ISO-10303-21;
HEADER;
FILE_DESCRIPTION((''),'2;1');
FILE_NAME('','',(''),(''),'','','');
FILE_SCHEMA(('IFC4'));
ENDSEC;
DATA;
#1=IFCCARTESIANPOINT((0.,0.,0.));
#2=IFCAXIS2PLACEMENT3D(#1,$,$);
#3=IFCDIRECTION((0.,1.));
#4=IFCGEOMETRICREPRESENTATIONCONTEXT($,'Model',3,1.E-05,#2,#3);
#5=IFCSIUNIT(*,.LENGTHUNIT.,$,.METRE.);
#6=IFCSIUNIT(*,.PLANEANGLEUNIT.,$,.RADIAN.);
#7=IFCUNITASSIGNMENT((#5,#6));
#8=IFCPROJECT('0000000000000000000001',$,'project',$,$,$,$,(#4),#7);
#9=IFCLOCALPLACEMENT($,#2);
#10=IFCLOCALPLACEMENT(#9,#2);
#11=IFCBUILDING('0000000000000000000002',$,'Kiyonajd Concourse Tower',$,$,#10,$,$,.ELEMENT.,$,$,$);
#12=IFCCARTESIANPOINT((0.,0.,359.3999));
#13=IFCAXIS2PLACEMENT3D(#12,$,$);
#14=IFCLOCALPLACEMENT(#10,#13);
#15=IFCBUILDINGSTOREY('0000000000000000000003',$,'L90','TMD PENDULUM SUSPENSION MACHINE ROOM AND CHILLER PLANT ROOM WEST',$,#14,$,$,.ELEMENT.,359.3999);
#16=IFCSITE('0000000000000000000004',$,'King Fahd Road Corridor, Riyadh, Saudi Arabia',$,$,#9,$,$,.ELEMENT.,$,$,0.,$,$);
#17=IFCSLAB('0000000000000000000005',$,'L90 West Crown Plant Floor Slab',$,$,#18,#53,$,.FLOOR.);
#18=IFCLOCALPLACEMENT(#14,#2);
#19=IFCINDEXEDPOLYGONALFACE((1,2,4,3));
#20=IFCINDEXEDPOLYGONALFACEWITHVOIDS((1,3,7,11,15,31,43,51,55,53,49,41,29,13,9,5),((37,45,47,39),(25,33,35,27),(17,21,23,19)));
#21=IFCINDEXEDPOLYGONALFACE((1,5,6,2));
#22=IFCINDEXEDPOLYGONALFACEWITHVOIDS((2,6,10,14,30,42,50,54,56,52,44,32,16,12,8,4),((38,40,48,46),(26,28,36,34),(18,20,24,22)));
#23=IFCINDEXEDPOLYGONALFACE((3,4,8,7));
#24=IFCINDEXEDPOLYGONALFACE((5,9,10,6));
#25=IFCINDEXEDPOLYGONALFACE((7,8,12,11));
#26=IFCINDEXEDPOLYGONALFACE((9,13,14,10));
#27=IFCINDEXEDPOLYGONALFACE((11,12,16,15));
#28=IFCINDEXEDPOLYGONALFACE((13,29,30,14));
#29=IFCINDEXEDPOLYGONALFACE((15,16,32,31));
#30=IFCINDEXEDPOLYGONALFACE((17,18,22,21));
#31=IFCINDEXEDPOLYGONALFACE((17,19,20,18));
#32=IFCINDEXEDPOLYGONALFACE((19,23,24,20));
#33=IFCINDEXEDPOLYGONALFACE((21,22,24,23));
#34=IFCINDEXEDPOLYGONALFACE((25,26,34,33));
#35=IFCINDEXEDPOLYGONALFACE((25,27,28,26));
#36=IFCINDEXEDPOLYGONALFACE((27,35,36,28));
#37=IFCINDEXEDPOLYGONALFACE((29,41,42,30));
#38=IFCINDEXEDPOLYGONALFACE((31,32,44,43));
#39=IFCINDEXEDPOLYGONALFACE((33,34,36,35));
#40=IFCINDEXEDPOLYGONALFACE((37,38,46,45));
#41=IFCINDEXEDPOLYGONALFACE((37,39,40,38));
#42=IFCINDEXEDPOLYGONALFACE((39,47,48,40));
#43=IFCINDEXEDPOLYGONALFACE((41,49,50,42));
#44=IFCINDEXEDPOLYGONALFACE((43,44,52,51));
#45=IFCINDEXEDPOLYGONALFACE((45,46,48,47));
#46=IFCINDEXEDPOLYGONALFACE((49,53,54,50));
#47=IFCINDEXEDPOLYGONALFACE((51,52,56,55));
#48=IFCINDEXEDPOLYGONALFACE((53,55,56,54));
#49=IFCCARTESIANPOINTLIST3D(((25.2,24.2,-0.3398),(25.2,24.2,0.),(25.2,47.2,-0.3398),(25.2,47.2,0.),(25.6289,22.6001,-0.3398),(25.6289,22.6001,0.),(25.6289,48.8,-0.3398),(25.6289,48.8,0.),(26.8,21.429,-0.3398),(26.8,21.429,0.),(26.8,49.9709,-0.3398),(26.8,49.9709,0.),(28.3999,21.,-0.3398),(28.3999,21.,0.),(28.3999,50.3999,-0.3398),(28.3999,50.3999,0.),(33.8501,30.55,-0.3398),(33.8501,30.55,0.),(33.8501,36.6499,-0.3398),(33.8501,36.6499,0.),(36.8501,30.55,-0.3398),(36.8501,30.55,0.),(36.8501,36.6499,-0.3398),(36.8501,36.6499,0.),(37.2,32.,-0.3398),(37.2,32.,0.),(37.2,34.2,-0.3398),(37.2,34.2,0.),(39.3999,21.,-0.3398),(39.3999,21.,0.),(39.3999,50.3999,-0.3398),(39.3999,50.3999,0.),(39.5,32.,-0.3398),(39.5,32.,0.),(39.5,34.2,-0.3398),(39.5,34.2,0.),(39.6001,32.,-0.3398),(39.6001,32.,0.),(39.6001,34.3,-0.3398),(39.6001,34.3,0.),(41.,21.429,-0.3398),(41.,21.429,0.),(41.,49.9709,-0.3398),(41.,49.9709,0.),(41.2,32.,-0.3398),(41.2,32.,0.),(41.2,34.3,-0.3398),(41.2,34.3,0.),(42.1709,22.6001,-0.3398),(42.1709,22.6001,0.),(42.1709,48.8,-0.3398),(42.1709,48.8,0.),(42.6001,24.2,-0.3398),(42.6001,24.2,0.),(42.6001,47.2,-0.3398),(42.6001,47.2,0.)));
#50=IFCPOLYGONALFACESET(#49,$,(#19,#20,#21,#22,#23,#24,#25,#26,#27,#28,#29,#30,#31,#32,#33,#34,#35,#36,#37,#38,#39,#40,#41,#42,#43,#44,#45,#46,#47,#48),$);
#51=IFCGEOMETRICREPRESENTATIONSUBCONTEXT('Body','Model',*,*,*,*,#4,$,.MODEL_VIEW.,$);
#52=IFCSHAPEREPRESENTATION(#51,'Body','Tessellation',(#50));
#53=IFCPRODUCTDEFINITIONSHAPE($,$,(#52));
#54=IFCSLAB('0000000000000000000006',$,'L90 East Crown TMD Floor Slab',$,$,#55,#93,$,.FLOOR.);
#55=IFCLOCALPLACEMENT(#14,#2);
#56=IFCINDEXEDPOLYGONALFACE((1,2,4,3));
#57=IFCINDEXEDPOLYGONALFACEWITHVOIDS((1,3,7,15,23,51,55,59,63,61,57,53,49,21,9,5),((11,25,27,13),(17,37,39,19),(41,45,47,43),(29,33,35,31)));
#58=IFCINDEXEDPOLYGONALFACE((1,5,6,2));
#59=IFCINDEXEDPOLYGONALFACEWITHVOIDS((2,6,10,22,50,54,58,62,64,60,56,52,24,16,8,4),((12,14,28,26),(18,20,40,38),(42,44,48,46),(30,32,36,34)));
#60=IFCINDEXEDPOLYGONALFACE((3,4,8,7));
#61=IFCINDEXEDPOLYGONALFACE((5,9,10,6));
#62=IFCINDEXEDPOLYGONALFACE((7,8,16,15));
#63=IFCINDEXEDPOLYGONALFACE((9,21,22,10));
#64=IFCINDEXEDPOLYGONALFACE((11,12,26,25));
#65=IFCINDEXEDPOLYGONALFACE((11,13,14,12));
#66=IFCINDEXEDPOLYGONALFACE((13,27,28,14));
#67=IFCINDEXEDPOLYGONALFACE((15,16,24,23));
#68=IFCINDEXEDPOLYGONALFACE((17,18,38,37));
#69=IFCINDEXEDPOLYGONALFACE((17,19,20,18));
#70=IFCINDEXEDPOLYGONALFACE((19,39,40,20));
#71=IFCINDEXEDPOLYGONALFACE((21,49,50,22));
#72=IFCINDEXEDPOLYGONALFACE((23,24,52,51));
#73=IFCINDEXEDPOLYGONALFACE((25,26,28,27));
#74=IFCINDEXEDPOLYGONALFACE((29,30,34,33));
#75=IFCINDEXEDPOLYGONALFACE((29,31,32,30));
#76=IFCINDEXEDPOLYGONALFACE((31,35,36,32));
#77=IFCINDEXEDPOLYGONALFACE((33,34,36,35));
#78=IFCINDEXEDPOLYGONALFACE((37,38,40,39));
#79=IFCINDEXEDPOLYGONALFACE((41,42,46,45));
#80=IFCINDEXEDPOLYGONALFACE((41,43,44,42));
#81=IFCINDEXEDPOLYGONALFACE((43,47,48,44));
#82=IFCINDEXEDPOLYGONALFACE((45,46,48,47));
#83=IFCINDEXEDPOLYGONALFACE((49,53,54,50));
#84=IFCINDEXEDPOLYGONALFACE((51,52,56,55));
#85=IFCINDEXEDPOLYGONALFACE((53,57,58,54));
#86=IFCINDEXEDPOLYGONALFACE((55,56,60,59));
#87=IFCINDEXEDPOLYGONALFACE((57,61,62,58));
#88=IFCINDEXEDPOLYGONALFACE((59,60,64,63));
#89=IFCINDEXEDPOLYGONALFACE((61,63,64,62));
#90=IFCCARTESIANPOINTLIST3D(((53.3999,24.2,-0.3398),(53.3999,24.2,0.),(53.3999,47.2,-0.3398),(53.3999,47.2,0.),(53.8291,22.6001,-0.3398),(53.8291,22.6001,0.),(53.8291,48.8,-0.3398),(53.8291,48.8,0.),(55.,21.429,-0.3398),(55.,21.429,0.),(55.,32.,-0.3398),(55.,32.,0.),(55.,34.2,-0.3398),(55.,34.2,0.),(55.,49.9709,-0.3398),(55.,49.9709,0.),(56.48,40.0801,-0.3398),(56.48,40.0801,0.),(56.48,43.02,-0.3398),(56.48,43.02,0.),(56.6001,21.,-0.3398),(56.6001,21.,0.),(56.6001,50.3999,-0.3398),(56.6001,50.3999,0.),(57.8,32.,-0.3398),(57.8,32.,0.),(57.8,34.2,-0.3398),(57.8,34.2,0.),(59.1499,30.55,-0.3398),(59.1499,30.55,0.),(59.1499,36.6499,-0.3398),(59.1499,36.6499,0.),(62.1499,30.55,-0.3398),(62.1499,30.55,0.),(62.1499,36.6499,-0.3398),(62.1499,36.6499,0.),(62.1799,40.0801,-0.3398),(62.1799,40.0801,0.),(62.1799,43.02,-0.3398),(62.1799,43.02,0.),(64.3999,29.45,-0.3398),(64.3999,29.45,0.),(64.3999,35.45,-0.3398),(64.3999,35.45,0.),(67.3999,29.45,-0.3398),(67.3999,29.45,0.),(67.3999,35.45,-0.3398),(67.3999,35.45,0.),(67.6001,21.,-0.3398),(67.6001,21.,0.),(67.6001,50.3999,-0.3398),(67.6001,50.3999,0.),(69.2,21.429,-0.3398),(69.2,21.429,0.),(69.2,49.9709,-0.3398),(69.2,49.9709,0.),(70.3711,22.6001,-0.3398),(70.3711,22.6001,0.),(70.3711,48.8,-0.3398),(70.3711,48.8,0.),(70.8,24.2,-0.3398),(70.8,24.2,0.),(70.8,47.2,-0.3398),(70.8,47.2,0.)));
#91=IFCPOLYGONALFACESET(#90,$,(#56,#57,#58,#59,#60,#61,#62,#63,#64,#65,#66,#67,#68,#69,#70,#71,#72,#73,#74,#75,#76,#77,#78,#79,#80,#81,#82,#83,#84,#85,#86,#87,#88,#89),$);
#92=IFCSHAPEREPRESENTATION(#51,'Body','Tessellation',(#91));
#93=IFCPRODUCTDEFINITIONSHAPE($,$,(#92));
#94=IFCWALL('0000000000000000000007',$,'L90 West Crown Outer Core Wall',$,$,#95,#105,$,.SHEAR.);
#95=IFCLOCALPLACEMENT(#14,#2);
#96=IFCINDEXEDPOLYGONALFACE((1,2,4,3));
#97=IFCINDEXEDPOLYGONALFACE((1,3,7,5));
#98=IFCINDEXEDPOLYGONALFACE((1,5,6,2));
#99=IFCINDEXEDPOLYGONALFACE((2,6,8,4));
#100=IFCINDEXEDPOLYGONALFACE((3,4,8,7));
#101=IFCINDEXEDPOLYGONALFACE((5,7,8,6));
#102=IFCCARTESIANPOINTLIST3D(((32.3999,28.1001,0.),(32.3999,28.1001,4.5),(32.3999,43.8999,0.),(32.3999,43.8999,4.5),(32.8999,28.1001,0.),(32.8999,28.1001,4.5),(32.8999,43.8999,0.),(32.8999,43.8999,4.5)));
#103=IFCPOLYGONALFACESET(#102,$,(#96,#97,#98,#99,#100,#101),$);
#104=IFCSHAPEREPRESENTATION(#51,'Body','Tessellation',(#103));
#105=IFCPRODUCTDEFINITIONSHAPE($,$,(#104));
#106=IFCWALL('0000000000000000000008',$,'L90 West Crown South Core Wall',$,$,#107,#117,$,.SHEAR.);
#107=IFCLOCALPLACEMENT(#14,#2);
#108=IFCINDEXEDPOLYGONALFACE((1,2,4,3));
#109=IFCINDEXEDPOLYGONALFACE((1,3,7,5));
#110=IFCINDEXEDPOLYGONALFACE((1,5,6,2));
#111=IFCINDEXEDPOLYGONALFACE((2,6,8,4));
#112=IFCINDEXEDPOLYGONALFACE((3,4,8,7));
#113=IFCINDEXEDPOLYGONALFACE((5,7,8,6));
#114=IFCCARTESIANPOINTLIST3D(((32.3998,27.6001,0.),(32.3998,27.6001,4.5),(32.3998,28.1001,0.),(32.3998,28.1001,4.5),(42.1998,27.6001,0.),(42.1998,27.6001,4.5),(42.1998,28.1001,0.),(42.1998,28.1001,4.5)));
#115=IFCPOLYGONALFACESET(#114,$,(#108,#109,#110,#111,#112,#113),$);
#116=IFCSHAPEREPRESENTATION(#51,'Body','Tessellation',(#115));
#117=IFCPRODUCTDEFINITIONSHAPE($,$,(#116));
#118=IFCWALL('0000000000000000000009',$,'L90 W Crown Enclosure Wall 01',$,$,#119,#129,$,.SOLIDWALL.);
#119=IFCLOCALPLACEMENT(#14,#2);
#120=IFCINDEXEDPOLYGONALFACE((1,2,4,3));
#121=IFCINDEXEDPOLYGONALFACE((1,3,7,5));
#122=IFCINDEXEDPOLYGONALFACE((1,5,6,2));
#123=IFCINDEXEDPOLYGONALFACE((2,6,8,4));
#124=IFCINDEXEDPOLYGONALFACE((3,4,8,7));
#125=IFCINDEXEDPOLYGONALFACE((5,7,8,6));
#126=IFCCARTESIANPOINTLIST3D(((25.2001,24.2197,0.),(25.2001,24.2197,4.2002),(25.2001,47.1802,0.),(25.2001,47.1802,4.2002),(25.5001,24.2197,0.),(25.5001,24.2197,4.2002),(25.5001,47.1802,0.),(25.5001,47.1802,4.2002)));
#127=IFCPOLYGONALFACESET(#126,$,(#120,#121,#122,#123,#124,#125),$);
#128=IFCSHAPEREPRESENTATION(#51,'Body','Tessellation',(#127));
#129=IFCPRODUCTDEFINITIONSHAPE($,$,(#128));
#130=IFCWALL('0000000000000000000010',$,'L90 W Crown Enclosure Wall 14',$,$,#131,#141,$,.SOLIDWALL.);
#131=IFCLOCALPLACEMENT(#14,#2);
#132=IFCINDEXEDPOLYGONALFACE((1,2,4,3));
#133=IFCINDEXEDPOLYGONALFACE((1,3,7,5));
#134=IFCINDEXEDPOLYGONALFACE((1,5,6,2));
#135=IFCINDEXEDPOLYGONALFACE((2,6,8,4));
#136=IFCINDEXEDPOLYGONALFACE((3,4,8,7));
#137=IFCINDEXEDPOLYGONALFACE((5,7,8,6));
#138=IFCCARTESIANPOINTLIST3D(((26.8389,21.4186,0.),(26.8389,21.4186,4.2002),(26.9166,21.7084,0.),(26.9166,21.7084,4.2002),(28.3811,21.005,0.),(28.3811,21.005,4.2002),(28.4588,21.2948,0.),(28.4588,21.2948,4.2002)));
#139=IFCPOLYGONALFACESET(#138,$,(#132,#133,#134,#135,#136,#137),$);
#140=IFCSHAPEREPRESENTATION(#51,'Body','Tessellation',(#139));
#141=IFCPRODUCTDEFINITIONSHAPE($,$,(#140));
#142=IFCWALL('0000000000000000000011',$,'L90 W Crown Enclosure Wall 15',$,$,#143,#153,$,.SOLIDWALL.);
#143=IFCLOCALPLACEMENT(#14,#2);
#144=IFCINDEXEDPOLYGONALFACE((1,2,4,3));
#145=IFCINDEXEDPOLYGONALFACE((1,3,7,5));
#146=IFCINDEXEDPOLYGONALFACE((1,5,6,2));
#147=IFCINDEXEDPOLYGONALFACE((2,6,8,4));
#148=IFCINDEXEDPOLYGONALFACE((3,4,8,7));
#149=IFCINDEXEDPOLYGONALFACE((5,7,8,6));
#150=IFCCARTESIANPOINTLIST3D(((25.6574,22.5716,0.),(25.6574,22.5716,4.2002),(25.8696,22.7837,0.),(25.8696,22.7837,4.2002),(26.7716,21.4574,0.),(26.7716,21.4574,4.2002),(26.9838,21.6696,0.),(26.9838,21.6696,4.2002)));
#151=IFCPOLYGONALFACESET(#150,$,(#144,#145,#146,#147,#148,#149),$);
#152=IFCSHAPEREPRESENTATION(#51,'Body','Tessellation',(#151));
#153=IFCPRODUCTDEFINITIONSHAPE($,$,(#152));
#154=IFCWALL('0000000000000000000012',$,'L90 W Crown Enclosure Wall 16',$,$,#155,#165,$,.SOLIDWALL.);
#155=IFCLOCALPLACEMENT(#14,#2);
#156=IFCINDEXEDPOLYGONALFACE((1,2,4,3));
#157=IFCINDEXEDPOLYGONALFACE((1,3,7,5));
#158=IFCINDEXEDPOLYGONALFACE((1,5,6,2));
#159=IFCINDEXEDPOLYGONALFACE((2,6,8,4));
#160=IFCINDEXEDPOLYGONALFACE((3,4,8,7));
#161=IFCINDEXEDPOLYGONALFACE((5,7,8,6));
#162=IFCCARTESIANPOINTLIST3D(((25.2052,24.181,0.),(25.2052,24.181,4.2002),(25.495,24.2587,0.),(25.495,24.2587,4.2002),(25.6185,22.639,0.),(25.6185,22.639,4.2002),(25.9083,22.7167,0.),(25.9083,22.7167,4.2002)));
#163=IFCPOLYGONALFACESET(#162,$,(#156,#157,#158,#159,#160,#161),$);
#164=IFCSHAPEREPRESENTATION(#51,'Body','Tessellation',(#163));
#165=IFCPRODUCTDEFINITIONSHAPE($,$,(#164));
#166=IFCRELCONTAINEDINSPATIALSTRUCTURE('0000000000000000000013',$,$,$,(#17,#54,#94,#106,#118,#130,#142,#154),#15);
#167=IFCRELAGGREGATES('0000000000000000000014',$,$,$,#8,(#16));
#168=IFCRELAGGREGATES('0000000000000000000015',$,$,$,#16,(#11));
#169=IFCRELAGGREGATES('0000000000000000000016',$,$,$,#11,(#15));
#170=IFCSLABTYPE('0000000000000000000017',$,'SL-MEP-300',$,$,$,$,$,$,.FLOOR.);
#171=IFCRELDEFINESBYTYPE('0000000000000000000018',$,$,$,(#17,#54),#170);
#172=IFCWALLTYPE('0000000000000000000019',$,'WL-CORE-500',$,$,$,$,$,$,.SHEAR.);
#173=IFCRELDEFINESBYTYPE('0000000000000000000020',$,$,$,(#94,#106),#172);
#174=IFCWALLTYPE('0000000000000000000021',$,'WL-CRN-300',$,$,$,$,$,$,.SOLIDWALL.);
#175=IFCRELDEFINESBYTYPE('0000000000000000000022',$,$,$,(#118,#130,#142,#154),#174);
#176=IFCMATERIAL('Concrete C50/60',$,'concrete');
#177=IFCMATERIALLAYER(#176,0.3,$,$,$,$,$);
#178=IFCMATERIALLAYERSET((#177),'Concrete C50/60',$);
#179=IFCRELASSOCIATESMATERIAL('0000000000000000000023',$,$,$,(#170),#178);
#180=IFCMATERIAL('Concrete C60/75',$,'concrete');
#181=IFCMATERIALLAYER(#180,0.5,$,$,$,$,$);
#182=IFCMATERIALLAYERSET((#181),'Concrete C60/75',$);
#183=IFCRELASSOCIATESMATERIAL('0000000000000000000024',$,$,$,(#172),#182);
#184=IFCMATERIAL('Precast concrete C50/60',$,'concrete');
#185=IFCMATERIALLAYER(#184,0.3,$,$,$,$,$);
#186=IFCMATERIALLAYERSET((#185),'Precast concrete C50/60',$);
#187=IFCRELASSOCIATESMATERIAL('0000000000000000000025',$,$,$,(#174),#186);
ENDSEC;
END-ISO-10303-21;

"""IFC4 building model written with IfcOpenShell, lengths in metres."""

from ifc_helpers import new_model, si_unit, direction, frame, frame_2d, origin, place, context, subcontext, project, spatial, polyline, rectangle, outline, extrude, material, layer, layer_set, type_object, element, save


model = new_model("IFC4")

# Units and contexts
model_context = context("Model", 3, precision=1e-05, world=origin(), true_north=direction((0.0, 1.0)))
body_context = subcontext(model_context, "Body", "Model", "MODEL_VIEW")
ifc_project = project(units=[si_unit("LENGTHUNIT", "METRE"), si_unit("PLANEANGLEUNIT", "RADIAN")], contexts=[model_context])

# Site, building, storey
site_placement = place(None, origin())
site = spatial("IfcSite", under=ifc_project, at=site_placement, Name="King Fahd Road Corridor, Riyadh, Saudi Arabia", CompositionType="ELEMENT", RefElevation=0.0)
building_placement = place(site_placement, origin())
building = spatial("IfcBuilding", under=site, at=building_placement, Name="Kiyonajd Concourse Tower", CompositionType="ELEMENT")
storey_placement = place(building_placement, frame((0.0, 0.0, 359.3999)))
storey = spatial("IfcBuildingStorey", under=building, at=storey_placement, Name="L90", Description="TMD PENDULUM SUSPENSION MACHINE ROOM AND CHILLER PLANT ROOM WEST", CompositionType="ELEMENT", Elevation=359.3999)

# Shared definitions
ifc_material_1 = material(Name="Concrete C50/60", Category="concrete")

# Slabs
ifc_layer_1 = layer(ifc_material_1, 0.3)
ifc_layer_set_1 = layer_set([ifc_layer_1], Name="Concrete C50/60")
slab_type_1 = type_object("IfcSlabType", Name="SL-MEP-300", PredefinedType="FLOOR", material=ifc_layer_set_1)
slab_1_placement = place(storey_placement, frame((0.0, 0.0, -0.3398)))
element("IfcSlab", 1, at=slab_1_placement, inside=storey, type_object=slab_type_1, Name="L90 West Crown Plant Floor Slab", PredefinedType="FLOOR", context=body_context, shape_type="SweptSolid", body=[
    extrude(outline(polyline([(25.2, 24.2), (25.6289, 22.6001), (26.8, 21.429), (28.3999, 21.0), (39.3999, 21.0), (41.0, 21.429), (42.1709, 22.6001), (42.6001, 24.2), (42.6001, 47.2), (42.1709, 48.8), (41.0, 49.9709), (39.3999, 50.3999), (28.3999, 50.3999), (26.8, 49.9709), (25.6289, 48.8), (25.2, 47.2), (25.2, 24.2)]), holes=[polyline([(33.8501, 30.55), (33.8501, 36.6499), (36.8501, 36.6499), (36.8501, 30.55), (33.8501, 30.55)]), polyline([(37.2, 32.0), (37.2, 34.2), (39.5, 34.2), (39.5, 32.0), (37.2, 32.0)]), polyline([(39.6001, 32.0), (39.6001, 34.3), (41.2, 34.3), (41.2, 32.0), (39.6001, 32.0)])]), origin(), (0.0, 0.0, 1.0), 0.3398),
])
slab_2_placement = place(storey_placement, frame((0.0, 0.0, -0.3398)))
element("IfcSlab", 2, at=slab_2_placement, inside=storey, type_object=slab_type_1, Name="L90 East Crown TMD Floor Slab", PredefinedType="FLOOR", context=body_context, shape_type="SweptSolid", body=[
    extrude(outline(polyline([(53.3999, 24.2), (53.8291, 22.6001), (55.0, 21.429), (56.6001, 21.0), (67.6001, 21.0), (69.2, 21.429), (70.3711, 22.6001), (70.8, 24.2), (70.8, 47.2), (70.3711, 48.8), (69.2, 49.9709), (67.6001, 50.3999), (56.6001, 50.3999), (55.0, 49.9709), (53.8291, 48.8), (53.3999, 47.2), (53.3999, 24.2)]), holes=[polyline([(59.1499, 30.55), (59.1499, 36.6499), (62.1499, 36.6499), (62.1499, 30.55), (59.1499, 30.55)]), polyline([(56.48, 43.02), (62.1799, 43.02), (62.1799, 40.0801), (56.48, 40.0801), (56.48, 43.02)]), polyline([(64.3999, 29.45), (64.3999, 35.45), (67.3999, 35.45), (67.3999, 29.45), (64.3999, 29.45)]), polyline([(55.0, 32.0), (55.0, 34.2), (57.8, 34.2), (57.8, 32.0), (55.0, 32.0)])]), origin(), (0.0, 0.0, 1.0), 0.3398),
])

# Walls
ifc_material_2 = material(Name="Concrete C60/75", Category="concrete")
ifc_layer_2 = layer(ifc_material_2, 0.5)
ifc_layer_set_2 = layer_set([ifc_layer_2], Name="Concrete C60/75")
wall_type_1 = type_object("IfcWallType", Name="WL-CORE-500", PredefinedType="SHEAR", material=ifc_layer_set_2)
wall_1_placement = place(storey_placement, frame((32.6499, 28.1001, 0.0), z_axis=(0.0, 0.0, 1.0), x_axis=(0.0, 1.0, 0.0)))
element("IfcWall", 3, at=wall_1_placement, inside=storey, type_object=wall_type_1, Name="L90 West Crown Outer Core Wall", PredefinedType="SHEAR", context=body_context, shape_type="SweptSolid", body=[
    extrude(rectangle(XDim=15.7998, YDim=0.5, at=frame_2d((7.8999, 0.0))), origin(), (0.0, 0.0, 1.0), 4.5),
])
wall_2_placement = place(storey_placement, frame((32.3999, 27.8501, 0.0), z_axis=(0.0, 0.0, 1.0), x_axis=(1.0, 0.0, 0.0)))
element("IfcWall", 4, at=wall_2_placement, inside=storey, type_object=wall_type_1, Name="L90 West Crown South Core Wall", PredefinedType="SHEAR", context=body_context, shape_type="SweptSolid", body=[
    extrude(rectangle(XDim=9.8, YDim=0.5, at=frame_2d((4.8999, 0.0))), origin(), (0.0, 0.0, 1.0), 4.5),
])
ifc_material_3 = material(Name="Precast concrete C50/60", Category="concrete")
ifc_layer_3 = layer(ifc_material_3, 0.3)
ifc_layer_set_3 = layer_set([ifc_layer_3], Name="Precast concrete C50/60")
wall_type_2 = type_object("IfcWallType", Name="WL-CRN-300", PredefinedType="SOLIDWALL", material=ifc_layer_set_3)
wall_3_placement = place(storey_placement, frame((25.3501, 24.2197, 0.0), z_axis=(0.0, 0.0, 1.0), x_axis=(0.0, 1.0, 0.0)))
element("IfcWall", 5, at=wall_3_placement, inside=storey, type_object=wall_type_2, Name="L90 W Crown Enclosure Wall 01", PredefinedType="SOLIDWALL", context=body_context, shape_type="SweptSolid", body=[
    extrude(rectangle(XDim=22.9604, YDim=0.3, at=frame_2d((11.4802, 0.0))), origin(), (0.0, 0.0, 1.0), 4.2002),
])
wall_4_placement = place(storey_placement, frame((28.4199, 21.1499, 0.0), z_axis=(0.0, 0.0, 1.0), x_axis=(-0.965874, 0.259014, 0.0)))
element("IfcWall", 6, at=wall_4_placement, inside=storey, type_object=wall_type_2, Name="L90 W Crown Enclosure Wall 14", PredefinedType="SOLIDWALL", context=body_context, shape_type="SweptSolid", body=[
    extrude(rectangle(XDim=1.5967, YDim=0.3, at=frame_2d((0.7983, 0.0))), origin(), (0.0, 0.0, 1.0), 4.2002),
])
wall_5_placement = place(storey_placement, frame((26.8777, 21.5635, 0.0), z_axis=(0.0, 0.0, 1.0), x_axis=(-0.707107, 0.707107, 0.0)))
element("IfcWall", 7, at=wall_5_placement, inside=storey, type_object=wall_type_2, Name="L90 W Crown Enclosure Wall 15", PredefinedType="SOLIDWALL", context=body_context, shape_type="SweptSolid", body=[
    extrude(rectangle(XDim=1.5757, YDim=0.3, at=frame_2d((0.7878, 0.0))), origin(), (0.0, 0.0, 1.0), 4.2002),
])
wall_6_placement = place(storey_placement, frame((25.7634, 22.6777, 0.0), z_axis=(0.0, 0.0, 1.0), x_axis=(-0.258909, 0.965902, 0.0)))
element("IfcWall", 8, at=wall_6_placement, inside=storey, type_object=wall_type_2, Name="L90 W Crown Enclosure Wall 16", PredefinedType="SOLIDWALL", context=body_context, shape_type="SweptSolid", body=[
    extrude(rectangle(XDim=1.5964, YDim=0.3, at=frame_2d((0.7983, 0.0))), origin(), (0.0, 0.0, 1.0), 4.2002),
])

save(model, "model.ifc")
